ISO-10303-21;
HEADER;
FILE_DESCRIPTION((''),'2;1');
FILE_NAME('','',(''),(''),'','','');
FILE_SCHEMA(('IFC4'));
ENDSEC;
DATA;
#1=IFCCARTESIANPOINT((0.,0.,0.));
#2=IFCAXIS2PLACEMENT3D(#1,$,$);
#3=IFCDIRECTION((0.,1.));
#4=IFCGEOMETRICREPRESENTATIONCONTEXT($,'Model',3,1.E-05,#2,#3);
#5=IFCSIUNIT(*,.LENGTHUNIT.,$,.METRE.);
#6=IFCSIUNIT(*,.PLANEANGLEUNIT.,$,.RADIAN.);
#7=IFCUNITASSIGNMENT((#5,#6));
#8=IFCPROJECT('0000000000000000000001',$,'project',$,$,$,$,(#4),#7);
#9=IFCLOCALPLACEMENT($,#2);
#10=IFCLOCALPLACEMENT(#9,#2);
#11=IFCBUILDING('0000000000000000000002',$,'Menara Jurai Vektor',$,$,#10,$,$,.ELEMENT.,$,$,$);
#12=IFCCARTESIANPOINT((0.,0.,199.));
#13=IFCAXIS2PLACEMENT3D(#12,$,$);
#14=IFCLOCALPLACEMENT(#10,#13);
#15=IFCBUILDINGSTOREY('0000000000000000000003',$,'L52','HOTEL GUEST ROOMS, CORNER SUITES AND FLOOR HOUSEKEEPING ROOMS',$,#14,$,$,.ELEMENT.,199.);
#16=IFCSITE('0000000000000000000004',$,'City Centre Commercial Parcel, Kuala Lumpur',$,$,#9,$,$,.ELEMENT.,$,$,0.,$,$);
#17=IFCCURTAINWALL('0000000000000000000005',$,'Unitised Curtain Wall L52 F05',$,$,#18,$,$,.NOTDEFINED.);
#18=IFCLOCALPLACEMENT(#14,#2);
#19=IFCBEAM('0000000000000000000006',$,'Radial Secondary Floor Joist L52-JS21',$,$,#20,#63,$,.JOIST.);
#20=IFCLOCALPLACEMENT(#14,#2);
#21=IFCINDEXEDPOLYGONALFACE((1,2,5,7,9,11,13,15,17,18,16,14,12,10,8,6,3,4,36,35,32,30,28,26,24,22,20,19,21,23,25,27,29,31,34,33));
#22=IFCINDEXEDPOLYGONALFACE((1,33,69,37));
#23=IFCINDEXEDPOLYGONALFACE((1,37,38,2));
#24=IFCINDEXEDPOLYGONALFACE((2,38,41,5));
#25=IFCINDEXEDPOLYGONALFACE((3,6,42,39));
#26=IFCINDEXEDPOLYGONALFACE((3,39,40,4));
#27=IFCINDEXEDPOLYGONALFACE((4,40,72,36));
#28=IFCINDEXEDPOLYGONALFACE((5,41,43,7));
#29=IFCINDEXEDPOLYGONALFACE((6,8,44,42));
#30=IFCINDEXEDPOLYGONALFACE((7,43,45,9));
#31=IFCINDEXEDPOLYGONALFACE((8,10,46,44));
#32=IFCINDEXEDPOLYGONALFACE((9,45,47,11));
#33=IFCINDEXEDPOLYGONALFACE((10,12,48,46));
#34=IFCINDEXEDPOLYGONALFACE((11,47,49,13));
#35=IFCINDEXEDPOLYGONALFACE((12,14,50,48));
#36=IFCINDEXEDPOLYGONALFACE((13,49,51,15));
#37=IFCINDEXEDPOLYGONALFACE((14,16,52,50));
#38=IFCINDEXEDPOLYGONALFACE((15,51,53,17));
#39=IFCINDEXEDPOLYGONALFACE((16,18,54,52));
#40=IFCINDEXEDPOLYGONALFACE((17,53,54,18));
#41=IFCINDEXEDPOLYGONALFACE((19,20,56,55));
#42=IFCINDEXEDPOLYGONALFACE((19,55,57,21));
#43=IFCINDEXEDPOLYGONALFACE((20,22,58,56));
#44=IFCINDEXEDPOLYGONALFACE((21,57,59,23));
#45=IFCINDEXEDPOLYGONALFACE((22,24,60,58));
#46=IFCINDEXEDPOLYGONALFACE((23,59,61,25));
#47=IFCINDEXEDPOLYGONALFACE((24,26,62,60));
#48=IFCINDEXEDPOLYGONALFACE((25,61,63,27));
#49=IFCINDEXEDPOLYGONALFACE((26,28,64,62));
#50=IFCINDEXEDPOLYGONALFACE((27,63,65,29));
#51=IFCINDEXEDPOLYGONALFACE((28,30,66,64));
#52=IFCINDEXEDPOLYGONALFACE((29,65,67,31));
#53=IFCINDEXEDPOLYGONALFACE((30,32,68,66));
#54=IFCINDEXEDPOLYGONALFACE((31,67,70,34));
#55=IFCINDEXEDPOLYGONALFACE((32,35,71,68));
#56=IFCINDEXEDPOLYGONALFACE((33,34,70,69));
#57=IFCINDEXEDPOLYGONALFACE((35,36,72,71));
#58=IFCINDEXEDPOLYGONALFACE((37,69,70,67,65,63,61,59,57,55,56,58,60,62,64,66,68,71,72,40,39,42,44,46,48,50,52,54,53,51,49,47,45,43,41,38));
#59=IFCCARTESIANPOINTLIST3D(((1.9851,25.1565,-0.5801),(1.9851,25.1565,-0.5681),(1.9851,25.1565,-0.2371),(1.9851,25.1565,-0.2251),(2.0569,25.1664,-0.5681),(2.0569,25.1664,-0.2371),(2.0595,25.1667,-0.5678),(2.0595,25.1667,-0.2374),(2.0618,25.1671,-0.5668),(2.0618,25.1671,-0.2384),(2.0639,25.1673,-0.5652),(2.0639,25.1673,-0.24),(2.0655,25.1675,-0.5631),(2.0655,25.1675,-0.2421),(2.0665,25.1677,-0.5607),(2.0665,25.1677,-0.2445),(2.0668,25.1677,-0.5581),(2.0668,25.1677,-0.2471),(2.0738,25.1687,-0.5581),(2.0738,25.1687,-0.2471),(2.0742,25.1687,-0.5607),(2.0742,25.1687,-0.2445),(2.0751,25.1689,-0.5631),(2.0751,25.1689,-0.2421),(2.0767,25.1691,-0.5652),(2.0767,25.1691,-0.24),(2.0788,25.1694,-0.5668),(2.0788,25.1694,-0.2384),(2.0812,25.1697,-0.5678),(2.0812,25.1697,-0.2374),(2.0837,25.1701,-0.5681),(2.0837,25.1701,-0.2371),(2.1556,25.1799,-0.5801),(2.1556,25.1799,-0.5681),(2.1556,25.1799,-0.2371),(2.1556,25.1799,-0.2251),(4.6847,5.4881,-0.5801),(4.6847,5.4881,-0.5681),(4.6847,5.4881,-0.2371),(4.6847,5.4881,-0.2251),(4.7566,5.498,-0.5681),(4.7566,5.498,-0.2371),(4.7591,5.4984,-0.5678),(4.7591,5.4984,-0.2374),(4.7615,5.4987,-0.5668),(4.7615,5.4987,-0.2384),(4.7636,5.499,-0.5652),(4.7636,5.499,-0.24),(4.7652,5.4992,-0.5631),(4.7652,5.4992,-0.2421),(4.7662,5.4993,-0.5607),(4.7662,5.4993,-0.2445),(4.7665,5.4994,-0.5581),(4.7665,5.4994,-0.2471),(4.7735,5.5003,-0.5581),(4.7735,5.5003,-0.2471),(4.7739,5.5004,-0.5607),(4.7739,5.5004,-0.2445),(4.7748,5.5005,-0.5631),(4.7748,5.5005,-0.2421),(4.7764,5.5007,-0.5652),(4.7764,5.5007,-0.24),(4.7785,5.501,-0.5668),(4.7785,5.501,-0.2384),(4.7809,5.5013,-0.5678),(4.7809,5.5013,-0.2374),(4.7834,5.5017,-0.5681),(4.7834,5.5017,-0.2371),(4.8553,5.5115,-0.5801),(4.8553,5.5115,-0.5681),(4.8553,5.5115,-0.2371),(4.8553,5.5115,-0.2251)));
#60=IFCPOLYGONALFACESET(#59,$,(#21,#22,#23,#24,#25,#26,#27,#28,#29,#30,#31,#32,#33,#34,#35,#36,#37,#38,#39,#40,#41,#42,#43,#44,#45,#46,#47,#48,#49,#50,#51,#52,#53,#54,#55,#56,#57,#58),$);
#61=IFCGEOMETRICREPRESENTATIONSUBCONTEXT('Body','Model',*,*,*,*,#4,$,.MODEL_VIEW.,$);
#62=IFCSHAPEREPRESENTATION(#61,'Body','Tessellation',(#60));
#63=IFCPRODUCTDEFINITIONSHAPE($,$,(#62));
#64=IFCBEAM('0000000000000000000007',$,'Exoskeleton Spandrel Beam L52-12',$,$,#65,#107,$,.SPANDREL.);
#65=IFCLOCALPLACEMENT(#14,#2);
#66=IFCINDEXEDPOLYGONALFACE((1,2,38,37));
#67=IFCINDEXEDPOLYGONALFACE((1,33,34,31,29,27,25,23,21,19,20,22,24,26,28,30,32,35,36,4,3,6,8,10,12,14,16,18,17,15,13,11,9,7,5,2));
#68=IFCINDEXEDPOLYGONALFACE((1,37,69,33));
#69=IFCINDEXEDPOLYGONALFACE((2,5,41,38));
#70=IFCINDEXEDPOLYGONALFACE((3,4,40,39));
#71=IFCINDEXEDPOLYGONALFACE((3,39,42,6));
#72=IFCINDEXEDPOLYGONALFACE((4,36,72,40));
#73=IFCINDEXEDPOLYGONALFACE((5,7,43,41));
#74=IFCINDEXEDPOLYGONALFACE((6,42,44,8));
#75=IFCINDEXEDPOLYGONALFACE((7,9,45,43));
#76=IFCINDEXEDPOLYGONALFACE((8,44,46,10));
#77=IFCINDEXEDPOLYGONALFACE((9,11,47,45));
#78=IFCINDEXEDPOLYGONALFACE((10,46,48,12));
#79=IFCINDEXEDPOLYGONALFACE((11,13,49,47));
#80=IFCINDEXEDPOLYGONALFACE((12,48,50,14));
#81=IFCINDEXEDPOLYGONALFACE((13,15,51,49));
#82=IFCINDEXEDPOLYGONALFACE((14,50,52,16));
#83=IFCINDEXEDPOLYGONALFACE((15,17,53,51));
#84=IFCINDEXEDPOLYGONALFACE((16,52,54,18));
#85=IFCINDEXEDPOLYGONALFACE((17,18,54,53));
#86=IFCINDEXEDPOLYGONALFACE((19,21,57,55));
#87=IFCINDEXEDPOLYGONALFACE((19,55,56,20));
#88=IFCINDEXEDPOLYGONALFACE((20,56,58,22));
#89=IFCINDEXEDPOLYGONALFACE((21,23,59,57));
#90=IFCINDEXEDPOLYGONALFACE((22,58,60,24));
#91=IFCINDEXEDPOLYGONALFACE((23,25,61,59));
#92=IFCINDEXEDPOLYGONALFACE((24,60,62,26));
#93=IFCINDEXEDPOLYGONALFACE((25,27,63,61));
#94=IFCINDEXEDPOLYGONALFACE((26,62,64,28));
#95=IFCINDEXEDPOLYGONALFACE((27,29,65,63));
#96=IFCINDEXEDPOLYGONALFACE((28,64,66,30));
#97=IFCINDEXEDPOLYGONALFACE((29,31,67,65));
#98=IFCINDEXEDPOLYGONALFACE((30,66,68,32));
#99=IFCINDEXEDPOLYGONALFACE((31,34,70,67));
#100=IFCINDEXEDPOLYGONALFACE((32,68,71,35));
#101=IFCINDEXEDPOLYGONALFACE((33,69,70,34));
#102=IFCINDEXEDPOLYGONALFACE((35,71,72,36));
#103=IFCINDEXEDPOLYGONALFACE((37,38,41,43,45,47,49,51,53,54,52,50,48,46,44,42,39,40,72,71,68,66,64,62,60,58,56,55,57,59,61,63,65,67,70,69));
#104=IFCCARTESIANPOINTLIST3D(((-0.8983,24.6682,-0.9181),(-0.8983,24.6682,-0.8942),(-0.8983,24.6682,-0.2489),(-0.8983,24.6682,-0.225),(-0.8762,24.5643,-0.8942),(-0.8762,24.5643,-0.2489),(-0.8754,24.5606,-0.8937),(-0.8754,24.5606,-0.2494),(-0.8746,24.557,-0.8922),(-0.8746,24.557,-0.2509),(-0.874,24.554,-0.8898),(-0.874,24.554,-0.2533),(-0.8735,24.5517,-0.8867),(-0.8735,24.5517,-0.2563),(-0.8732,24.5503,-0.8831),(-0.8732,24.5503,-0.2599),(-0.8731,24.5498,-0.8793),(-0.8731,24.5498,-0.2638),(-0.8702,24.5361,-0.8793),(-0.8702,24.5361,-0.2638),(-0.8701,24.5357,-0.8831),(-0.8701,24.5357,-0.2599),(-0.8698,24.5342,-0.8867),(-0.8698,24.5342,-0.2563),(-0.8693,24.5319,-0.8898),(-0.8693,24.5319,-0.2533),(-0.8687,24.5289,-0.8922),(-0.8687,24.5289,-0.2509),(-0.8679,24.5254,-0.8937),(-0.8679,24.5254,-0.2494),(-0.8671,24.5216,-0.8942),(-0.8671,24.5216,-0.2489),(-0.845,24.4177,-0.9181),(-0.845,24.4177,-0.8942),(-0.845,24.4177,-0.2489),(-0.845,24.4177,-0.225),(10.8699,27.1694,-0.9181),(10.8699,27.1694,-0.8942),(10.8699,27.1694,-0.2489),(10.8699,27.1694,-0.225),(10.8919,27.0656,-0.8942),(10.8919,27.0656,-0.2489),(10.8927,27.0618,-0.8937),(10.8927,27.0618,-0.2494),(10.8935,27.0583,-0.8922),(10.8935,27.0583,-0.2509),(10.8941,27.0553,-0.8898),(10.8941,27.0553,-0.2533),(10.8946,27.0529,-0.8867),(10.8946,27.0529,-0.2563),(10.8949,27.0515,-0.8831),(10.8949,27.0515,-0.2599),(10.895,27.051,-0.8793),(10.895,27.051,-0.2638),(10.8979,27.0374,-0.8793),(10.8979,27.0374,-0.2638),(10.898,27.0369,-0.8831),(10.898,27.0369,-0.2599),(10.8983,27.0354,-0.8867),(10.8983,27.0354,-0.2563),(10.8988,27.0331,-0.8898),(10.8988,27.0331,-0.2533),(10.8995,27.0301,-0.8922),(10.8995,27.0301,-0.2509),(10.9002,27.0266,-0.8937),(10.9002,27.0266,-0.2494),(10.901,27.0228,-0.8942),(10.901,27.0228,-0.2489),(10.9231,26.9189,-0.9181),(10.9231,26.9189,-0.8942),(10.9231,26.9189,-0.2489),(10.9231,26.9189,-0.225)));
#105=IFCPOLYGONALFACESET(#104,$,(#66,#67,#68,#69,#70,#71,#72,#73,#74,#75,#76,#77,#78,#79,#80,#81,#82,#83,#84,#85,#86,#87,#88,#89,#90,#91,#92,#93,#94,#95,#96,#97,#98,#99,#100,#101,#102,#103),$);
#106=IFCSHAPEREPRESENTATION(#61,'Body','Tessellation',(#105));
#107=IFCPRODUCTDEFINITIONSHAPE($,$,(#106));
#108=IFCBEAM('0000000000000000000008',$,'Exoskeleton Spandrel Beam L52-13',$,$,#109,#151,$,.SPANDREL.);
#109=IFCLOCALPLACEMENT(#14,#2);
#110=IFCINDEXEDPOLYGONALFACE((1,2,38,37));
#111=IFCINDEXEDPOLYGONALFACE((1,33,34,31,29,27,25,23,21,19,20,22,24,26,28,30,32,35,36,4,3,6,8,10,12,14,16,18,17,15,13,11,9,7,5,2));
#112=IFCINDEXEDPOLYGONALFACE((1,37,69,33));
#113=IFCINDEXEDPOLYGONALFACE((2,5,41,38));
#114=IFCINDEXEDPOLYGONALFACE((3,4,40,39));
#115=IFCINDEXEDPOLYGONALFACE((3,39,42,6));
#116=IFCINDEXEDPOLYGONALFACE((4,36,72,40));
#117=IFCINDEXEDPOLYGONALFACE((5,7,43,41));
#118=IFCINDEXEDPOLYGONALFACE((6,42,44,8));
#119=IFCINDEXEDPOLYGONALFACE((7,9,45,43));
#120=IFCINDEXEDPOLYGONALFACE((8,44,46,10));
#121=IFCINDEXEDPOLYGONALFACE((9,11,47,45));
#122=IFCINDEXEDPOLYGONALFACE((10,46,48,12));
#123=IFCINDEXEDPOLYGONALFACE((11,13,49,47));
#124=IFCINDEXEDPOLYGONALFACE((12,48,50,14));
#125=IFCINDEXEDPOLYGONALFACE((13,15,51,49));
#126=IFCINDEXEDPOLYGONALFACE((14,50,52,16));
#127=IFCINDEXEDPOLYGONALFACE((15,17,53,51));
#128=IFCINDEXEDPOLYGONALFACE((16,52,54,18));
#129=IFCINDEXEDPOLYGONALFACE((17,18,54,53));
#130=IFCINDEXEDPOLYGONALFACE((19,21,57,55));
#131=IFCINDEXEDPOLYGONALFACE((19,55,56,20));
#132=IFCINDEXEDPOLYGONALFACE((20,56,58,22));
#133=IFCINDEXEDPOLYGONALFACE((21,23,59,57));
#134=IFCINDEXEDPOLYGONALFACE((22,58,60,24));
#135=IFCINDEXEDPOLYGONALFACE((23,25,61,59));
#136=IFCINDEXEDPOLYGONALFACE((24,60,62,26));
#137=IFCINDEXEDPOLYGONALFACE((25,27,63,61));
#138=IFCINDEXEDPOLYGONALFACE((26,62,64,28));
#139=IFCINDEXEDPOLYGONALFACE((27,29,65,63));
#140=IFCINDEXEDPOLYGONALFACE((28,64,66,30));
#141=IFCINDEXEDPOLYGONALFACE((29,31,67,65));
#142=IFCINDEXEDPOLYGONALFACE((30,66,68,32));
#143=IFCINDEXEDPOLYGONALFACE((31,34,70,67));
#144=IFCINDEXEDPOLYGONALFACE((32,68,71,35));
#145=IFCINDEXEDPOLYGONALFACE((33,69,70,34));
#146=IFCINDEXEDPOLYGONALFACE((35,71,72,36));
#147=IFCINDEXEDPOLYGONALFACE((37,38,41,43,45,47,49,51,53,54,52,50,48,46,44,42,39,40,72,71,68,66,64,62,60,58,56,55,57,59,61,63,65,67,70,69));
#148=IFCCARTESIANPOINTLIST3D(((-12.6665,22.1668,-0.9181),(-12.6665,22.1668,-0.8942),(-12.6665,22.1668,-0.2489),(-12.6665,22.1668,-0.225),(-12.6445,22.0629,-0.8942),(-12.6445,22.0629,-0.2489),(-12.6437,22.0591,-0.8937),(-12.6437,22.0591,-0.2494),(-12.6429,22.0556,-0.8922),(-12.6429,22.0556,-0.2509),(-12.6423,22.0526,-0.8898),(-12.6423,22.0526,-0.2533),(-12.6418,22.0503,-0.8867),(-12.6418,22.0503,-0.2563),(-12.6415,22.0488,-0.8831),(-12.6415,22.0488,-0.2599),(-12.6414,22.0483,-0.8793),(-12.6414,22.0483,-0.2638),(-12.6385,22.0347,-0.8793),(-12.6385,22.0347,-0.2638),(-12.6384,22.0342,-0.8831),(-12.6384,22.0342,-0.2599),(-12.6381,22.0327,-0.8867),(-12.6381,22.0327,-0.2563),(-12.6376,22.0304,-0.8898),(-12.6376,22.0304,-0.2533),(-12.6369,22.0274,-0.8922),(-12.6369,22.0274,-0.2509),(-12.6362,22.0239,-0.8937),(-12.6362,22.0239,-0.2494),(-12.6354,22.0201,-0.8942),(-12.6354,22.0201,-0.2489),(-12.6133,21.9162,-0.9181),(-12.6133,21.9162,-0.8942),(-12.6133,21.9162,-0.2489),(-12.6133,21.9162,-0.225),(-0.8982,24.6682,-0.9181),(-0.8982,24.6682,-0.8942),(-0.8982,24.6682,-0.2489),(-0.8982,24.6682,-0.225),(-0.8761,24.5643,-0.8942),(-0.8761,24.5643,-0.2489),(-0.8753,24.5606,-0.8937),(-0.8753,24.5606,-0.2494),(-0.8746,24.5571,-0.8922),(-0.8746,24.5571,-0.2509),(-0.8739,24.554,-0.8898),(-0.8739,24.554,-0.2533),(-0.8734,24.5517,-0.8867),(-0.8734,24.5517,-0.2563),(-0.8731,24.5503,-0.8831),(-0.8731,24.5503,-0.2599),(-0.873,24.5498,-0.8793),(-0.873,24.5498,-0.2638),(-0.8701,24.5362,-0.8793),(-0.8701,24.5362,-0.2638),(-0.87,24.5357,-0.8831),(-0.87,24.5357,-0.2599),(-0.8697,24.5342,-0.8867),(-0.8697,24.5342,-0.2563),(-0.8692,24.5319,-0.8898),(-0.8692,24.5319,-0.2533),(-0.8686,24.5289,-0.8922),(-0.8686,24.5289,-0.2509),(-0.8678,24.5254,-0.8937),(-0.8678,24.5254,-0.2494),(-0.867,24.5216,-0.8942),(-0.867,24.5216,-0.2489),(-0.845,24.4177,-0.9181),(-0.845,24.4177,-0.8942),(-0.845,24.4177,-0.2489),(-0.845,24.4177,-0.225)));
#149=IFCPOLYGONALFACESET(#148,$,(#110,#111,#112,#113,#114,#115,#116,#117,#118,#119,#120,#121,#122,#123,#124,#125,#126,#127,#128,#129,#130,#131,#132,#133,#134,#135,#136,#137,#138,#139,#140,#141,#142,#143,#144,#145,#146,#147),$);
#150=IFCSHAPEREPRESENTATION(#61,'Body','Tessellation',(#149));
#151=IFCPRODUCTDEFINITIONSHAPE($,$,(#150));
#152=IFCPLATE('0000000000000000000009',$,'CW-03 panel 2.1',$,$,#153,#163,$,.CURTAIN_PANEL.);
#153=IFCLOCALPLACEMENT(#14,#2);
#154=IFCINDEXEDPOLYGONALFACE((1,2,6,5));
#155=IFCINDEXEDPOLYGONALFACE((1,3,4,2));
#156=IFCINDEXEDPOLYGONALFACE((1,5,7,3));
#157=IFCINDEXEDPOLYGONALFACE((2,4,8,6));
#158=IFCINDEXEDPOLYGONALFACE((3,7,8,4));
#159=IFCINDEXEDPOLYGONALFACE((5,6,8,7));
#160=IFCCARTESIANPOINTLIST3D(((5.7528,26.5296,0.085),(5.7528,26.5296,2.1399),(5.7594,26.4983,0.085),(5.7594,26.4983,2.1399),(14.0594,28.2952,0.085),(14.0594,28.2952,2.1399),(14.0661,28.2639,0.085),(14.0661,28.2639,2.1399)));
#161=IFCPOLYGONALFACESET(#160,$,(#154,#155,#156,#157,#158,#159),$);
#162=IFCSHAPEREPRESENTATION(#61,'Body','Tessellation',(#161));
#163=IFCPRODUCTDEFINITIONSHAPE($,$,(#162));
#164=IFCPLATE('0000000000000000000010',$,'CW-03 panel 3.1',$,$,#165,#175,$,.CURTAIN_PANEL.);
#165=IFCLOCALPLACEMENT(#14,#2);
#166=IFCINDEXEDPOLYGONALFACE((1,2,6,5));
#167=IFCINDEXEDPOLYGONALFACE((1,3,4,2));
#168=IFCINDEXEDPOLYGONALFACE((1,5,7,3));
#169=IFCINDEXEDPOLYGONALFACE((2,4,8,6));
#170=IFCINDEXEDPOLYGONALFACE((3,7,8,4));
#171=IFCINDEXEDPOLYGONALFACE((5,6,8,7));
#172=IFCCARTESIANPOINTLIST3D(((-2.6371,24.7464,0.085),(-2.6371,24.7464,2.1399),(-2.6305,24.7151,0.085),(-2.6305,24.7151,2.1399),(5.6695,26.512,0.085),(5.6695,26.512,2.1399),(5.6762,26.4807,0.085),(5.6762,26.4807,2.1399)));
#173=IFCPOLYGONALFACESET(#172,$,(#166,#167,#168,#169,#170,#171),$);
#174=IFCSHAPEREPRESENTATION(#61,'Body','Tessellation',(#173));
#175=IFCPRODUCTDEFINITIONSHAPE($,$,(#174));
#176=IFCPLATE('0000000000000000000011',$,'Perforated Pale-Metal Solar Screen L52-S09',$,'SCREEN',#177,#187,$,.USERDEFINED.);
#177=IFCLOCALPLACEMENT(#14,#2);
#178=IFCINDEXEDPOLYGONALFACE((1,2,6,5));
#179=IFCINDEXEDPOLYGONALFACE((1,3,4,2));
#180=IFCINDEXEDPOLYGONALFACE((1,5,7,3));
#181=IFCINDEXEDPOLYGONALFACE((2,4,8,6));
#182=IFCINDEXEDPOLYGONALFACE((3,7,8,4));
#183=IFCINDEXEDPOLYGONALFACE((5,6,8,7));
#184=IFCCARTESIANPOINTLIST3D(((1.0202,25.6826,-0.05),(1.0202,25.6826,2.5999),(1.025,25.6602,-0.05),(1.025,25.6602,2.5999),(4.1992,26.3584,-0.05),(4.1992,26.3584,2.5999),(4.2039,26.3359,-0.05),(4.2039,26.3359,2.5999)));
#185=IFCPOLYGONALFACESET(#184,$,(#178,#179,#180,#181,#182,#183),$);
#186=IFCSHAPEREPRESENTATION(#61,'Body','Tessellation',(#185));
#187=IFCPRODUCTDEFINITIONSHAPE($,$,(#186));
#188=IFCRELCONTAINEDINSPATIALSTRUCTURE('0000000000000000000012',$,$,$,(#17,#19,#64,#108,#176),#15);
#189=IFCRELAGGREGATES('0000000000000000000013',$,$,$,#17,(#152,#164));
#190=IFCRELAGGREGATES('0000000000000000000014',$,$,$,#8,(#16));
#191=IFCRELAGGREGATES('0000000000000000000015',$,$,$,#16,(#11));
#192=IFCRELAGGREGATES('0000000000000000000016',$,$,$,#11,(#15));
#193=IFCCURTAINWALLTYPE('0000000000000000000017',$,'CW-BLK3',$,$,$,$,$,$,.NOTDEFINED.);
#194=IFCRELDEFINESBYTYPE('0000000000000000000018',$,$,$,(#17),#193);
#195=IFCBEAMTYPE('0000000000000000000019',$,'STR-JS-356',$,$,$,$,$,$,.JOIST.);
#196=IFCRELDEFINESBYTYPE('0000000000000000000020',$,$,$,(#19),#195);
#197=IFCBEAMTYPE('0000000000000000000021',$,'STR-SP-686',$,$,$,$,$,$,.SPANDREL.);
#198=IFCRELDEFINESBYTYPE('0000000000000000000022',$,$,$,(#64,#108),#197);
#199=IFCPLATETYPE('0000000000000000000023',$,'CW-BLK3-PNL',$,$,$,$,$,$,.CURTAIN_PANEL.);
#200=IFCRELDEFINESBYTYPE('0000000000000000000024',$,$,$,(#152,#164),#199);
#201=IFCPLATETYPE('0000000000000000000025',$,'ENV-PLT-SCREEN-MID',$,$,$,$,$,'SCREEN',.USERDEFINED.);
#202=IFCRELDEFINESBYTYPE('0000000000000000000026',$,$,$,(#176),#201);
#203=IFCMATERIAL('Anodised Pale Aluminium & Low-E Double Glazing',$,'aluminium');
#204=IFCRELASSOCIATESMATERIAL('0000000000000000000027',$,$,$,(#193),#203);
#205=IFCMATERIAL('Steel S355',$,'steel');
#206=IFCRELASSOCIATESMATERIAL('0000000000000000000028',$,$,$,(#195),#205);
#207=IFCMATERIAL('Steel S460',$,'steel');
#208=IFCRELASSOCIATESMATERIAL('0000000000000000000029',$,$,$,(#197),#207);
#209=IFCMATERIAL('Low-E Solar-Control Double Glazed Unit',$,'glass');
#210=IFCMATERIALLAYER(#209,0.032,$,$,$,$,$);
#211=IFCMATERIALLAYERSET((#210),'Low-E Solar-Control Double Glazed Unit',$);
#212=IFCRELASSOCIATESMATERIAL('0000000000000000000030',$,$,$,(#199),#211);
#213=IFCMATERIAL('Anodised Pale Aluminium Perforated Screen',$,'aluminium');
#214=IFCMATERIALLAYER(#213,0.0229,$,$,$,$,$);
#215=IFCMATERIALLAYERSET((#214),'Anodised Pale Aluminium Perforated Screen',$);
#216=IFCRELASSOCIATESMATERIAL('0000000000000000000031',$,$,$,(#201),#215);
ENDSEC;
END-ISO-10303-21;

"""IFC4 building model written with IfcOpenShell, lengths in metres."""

from ifc_helpers import new_model, si_unit, direction, frame, origin, origin_2d, place, context, subcontext, project, spatial, rectangle, i_section, extrude, material, layer, layer_set, material_profile, profile_set, type_object, element, aggregate, save


model = new_model("IFC4")

# Units and contexts
model_context = context("Model", 3, precision=1e-05, world=origin(), true_north=direction((0.0, 1.0)))
body_context = subcontext(model_context, "Body", "Model", "MODEL_VIEW")
ifc_project = project(units=[si_unit("LENGTHUNIT", "METRE"), si_unit("PLANEANGLEUNIT", "RADIAN")], contexts=[model_context])

# Site, building, storey
site_placement = place(None, origin())
site = spatial("IfcSite", under=ifc_project, at=site_placement, Name="City Centre Commercial Parcel, Kuala Lumpur", CompositionType="ELEMENT", RefElevation=0.0)
building_placement = place(site_placement, origin())
building = spatial("IfcBuilding", under=site, at=building_placement, Name="Menara Jurai Vektor", CompositionType="ELEMENT")
storey_placement = place(building_placement, frame((0.0, 0.0, 199.0)))
storey = spatial("IfcBuildingStorey", under=building, at=storey_placement, Name="L52", Description="HOTEL GUEST ROOMS, CORNER SUITES AND FLOOR HOUSEKEEPING ROOMS", CompositionType="ELEMENT", Elevation=199.0)

# Shared definitions
ifc_material_1 = material(Name="Steel S460", Category="steel")

# Curtain wall
ifc_material_2 = material(Name="Anodised Pale Aluminium & Low-E Double Glazing", Category="aluminium")
curtain_wall_type = type_object("IfcCurtainWallType", Name="CW-BLK3", PredefinedType="NOTDEFINED", material=ifc_material_2)
curtain_wall_placement = place(storey_placement, origin())
curtain_wall = element("IfcCurtainWall", 1, at=curtain_wall_placement, inside=storey, type_object=curtain_wall_type, Name="Unitised Curtain Wall L52 F05", PredefinedType="NOTDEFINED")

# Beams
ifc_material_3 = material(Name="Steel S355", Category="steel")
ifc_material_profile_1 = material_profile(ifc_material_3, i_section(OverallWidth=0.1721, OverallDepth=0.355, WebThickness=0.0071, FlangeThickness=0.012, FilletRadius=0.01, at=origin_2d()), Name="UKB 356x171x51")
ifc_profile_set_1 = profile_set([ifc_material_profile_1], Name="Steel S355")
beam_type_1 = type_object("IfcBeamType", Name="STR-JS-356", PredefinedType="JOIST", material=ifc_profile_set_1)
beam_1_placement = place(storey_placement, frame((2.0703, 25.1682, -0.4026), z_axis=(0.135986, -0.990711, 0.0), x_axis=(0.990711, 0.135986, 0.0)))
element("IfcBeam", 2, at=beam_1_placement, inside=storey, type_object=beam_type_1, Name="Radial Secondary Floor Joist L52-JS21", PredefinedType="JOIST", context=body_context, shape_type="SweptSolid", body=[
    extrude(i_section(OverallWidth=0.1721, OverallDepth=0.355, WebThickness=0.0071, FlangeThickness=0.012, FilletRadius=0.01, at=origin_2d()), origin(), (0.0, 0.0, 1.0), 19.8528),
])
ifc_material_profile_2 = material_profile(ifc_material_1, i_section(OverallWidth=0.2561, OverallDepth=0.6931, WebThickness=0.0139, FlangeThickness=0.0239, FilletRadius=0.0149, at=origin_2d()), Name="UKB 686x254x170")
ifc_profile_set_2 = profile_set([ifc_material_profile_2], Name="Steel S460")
beam_type_2 = type_object("IfcBeamType", Name="STR-SP-686", PredefinedType="SPANDREL", material=ifc_profile_set_2)
beam_2_placement = place(storey_placement, frame((10.8965, 27.0442, -0.5715), z_axis=(-0.97815, -0.207899, 0.0), x_axis=(0.207899, -0.97815, 0.0)))
element("IfcBeam", 3, at=beam_2_placement, inside=storey, type_object=beam_type_2, Name="Exoskeleton Spandrel Beam L52-12", PredefinedType="SPANDREL", context=body_context, shape_type="SweptSolid", body=[
    extrude(i_section(OverallWidth=0.2561, OverallDepth=0.6931, WebThickness=0.0139, FlangeThickness=0.0239, FilletRadius=0.0149, at=origin_2d()), origin(), (0.0, 0.0, 1.0), 12.031),
])
beam_3_placement = place(storey_placement, frame((-0.8716, 24.543, -0.5715), z_axis=(-0.978147, -0.207914, 0.0), x_axis=(0.207914, -0.978147, 0.0)))
element("IfcBeam", 4, at=beam_3_placement, inside=storey, type_object=beam_type_2, Name="Exoskeleton Spandrel Beam L52-13", PredefinedType="SPANDREL", context=body_context, shape_type="SweptSolid", body=[
    extrude(i_section(OverallWidth=0.2561, OverallDepth=0.6931, WebThickness=0.0139, FlangeThickness=0.0239, FilletRadius=0.0149, at=origin_2d()), origin(), (0.0, 0.0, 1.0), 12.0312),
])

# Plates
ifc_material_4 = material(Name="Low-E Solar-Control Double Glazed Unit", Category="glass")
ifc_layer_1 = layer(ifc_material_4, 0.032)
ifc_layer_set_1 = layer_set([ifc_layer_1], Name="Low-E Solar-Control Double Glazed Unit")
plate_type_1 = type_object("IfcPlateType", Name="CW-BLK3-PNL", PredefinedType="CURTAIN_PANEL", material=ifc_layer_set_1)
plate_1_placement = place(storey_placement, frame((9.9094, 27.3967, 0.085), z_axis=(0.0, 0.0, 1.0), x_axis=(-0.978148, -0.207911, 0.0)))
plate_1 = element("IfcPlate", 5, at=plate_1_placement, type_object=plate_type_1, Name="CW-03 panel 2.1", PredefinedType="CURTAIN_PANEL", context=body_context, shape_type="SweptSolid", body=[
    extrude(rectangle(XDim=8.4922, YDim=0.032, at=origin_2d()), origin(), (0.0, 0.0, 1.0), 2.0549),
])
plate_2_placement = place(storey_placement, frame((1.5195, 25.6135, 0.085), z_axis=(0.0, 0.0, 1.0), x_axis=(-0.978148, -0.207911, 0.0)))
plate_2 = element("IfcPlate", 6, at=plate_2_placement, type_object=plate_type_1, Name="CW-03 panel 3.1", PredefinedType="CURTAIN_PANEL", context=body_context, shape_type="SweptSolid", body=[
    extrude(rectangle(XDim=8.4922, YDim=0.032, at=origin_2d()), origin(), (0.0, 0.0, 1.0), 2.0549),
])
aggregate(curtain_wall, [plate_1, plate_2])
ifc_material_5 = material(Name="Anodised Pale Aluminium Perforated Screen", Category="aluminium")
ifc_layer_2 = layer(ifc_material_5, 0.0229)
ifc_layer_set_2 = layer_set([ifc_layer_2], Name="Anodised Pale Aluminium Perforated Screen")
plate_type_2 = type_object("IfcPlateType", Name="ENV-PLT-SCREEN-MID", ElementType="SCREEN", PredefinedType="USERDEFINED", material=ifc_layer_set_2)
plate_3_placement = place(storey_placement, frame((2.6121, 26.0093, -0.05), z_axis=(0.0, 0.0, 1.0), x_axis=(-0.978148, -0.207912, 0.0)))
element("IfcPlate", 7, at=plate_3_placement, inside=storey, type_object=plate_type_2, Name="Perforated Pale-Metal Solar Screen L52-S09", ObjectType="SCREEN", PredefinedType="USERDEFINED", context=body_context, shape_type="SweptSolid", body=[
    extrude(rectangle(XDim=3.25, YDim=0.0229, at=origin_2d()), origin(), (0.0, 0.0, 1.0), 2.6499),
])

save(model, "model.ifc")
